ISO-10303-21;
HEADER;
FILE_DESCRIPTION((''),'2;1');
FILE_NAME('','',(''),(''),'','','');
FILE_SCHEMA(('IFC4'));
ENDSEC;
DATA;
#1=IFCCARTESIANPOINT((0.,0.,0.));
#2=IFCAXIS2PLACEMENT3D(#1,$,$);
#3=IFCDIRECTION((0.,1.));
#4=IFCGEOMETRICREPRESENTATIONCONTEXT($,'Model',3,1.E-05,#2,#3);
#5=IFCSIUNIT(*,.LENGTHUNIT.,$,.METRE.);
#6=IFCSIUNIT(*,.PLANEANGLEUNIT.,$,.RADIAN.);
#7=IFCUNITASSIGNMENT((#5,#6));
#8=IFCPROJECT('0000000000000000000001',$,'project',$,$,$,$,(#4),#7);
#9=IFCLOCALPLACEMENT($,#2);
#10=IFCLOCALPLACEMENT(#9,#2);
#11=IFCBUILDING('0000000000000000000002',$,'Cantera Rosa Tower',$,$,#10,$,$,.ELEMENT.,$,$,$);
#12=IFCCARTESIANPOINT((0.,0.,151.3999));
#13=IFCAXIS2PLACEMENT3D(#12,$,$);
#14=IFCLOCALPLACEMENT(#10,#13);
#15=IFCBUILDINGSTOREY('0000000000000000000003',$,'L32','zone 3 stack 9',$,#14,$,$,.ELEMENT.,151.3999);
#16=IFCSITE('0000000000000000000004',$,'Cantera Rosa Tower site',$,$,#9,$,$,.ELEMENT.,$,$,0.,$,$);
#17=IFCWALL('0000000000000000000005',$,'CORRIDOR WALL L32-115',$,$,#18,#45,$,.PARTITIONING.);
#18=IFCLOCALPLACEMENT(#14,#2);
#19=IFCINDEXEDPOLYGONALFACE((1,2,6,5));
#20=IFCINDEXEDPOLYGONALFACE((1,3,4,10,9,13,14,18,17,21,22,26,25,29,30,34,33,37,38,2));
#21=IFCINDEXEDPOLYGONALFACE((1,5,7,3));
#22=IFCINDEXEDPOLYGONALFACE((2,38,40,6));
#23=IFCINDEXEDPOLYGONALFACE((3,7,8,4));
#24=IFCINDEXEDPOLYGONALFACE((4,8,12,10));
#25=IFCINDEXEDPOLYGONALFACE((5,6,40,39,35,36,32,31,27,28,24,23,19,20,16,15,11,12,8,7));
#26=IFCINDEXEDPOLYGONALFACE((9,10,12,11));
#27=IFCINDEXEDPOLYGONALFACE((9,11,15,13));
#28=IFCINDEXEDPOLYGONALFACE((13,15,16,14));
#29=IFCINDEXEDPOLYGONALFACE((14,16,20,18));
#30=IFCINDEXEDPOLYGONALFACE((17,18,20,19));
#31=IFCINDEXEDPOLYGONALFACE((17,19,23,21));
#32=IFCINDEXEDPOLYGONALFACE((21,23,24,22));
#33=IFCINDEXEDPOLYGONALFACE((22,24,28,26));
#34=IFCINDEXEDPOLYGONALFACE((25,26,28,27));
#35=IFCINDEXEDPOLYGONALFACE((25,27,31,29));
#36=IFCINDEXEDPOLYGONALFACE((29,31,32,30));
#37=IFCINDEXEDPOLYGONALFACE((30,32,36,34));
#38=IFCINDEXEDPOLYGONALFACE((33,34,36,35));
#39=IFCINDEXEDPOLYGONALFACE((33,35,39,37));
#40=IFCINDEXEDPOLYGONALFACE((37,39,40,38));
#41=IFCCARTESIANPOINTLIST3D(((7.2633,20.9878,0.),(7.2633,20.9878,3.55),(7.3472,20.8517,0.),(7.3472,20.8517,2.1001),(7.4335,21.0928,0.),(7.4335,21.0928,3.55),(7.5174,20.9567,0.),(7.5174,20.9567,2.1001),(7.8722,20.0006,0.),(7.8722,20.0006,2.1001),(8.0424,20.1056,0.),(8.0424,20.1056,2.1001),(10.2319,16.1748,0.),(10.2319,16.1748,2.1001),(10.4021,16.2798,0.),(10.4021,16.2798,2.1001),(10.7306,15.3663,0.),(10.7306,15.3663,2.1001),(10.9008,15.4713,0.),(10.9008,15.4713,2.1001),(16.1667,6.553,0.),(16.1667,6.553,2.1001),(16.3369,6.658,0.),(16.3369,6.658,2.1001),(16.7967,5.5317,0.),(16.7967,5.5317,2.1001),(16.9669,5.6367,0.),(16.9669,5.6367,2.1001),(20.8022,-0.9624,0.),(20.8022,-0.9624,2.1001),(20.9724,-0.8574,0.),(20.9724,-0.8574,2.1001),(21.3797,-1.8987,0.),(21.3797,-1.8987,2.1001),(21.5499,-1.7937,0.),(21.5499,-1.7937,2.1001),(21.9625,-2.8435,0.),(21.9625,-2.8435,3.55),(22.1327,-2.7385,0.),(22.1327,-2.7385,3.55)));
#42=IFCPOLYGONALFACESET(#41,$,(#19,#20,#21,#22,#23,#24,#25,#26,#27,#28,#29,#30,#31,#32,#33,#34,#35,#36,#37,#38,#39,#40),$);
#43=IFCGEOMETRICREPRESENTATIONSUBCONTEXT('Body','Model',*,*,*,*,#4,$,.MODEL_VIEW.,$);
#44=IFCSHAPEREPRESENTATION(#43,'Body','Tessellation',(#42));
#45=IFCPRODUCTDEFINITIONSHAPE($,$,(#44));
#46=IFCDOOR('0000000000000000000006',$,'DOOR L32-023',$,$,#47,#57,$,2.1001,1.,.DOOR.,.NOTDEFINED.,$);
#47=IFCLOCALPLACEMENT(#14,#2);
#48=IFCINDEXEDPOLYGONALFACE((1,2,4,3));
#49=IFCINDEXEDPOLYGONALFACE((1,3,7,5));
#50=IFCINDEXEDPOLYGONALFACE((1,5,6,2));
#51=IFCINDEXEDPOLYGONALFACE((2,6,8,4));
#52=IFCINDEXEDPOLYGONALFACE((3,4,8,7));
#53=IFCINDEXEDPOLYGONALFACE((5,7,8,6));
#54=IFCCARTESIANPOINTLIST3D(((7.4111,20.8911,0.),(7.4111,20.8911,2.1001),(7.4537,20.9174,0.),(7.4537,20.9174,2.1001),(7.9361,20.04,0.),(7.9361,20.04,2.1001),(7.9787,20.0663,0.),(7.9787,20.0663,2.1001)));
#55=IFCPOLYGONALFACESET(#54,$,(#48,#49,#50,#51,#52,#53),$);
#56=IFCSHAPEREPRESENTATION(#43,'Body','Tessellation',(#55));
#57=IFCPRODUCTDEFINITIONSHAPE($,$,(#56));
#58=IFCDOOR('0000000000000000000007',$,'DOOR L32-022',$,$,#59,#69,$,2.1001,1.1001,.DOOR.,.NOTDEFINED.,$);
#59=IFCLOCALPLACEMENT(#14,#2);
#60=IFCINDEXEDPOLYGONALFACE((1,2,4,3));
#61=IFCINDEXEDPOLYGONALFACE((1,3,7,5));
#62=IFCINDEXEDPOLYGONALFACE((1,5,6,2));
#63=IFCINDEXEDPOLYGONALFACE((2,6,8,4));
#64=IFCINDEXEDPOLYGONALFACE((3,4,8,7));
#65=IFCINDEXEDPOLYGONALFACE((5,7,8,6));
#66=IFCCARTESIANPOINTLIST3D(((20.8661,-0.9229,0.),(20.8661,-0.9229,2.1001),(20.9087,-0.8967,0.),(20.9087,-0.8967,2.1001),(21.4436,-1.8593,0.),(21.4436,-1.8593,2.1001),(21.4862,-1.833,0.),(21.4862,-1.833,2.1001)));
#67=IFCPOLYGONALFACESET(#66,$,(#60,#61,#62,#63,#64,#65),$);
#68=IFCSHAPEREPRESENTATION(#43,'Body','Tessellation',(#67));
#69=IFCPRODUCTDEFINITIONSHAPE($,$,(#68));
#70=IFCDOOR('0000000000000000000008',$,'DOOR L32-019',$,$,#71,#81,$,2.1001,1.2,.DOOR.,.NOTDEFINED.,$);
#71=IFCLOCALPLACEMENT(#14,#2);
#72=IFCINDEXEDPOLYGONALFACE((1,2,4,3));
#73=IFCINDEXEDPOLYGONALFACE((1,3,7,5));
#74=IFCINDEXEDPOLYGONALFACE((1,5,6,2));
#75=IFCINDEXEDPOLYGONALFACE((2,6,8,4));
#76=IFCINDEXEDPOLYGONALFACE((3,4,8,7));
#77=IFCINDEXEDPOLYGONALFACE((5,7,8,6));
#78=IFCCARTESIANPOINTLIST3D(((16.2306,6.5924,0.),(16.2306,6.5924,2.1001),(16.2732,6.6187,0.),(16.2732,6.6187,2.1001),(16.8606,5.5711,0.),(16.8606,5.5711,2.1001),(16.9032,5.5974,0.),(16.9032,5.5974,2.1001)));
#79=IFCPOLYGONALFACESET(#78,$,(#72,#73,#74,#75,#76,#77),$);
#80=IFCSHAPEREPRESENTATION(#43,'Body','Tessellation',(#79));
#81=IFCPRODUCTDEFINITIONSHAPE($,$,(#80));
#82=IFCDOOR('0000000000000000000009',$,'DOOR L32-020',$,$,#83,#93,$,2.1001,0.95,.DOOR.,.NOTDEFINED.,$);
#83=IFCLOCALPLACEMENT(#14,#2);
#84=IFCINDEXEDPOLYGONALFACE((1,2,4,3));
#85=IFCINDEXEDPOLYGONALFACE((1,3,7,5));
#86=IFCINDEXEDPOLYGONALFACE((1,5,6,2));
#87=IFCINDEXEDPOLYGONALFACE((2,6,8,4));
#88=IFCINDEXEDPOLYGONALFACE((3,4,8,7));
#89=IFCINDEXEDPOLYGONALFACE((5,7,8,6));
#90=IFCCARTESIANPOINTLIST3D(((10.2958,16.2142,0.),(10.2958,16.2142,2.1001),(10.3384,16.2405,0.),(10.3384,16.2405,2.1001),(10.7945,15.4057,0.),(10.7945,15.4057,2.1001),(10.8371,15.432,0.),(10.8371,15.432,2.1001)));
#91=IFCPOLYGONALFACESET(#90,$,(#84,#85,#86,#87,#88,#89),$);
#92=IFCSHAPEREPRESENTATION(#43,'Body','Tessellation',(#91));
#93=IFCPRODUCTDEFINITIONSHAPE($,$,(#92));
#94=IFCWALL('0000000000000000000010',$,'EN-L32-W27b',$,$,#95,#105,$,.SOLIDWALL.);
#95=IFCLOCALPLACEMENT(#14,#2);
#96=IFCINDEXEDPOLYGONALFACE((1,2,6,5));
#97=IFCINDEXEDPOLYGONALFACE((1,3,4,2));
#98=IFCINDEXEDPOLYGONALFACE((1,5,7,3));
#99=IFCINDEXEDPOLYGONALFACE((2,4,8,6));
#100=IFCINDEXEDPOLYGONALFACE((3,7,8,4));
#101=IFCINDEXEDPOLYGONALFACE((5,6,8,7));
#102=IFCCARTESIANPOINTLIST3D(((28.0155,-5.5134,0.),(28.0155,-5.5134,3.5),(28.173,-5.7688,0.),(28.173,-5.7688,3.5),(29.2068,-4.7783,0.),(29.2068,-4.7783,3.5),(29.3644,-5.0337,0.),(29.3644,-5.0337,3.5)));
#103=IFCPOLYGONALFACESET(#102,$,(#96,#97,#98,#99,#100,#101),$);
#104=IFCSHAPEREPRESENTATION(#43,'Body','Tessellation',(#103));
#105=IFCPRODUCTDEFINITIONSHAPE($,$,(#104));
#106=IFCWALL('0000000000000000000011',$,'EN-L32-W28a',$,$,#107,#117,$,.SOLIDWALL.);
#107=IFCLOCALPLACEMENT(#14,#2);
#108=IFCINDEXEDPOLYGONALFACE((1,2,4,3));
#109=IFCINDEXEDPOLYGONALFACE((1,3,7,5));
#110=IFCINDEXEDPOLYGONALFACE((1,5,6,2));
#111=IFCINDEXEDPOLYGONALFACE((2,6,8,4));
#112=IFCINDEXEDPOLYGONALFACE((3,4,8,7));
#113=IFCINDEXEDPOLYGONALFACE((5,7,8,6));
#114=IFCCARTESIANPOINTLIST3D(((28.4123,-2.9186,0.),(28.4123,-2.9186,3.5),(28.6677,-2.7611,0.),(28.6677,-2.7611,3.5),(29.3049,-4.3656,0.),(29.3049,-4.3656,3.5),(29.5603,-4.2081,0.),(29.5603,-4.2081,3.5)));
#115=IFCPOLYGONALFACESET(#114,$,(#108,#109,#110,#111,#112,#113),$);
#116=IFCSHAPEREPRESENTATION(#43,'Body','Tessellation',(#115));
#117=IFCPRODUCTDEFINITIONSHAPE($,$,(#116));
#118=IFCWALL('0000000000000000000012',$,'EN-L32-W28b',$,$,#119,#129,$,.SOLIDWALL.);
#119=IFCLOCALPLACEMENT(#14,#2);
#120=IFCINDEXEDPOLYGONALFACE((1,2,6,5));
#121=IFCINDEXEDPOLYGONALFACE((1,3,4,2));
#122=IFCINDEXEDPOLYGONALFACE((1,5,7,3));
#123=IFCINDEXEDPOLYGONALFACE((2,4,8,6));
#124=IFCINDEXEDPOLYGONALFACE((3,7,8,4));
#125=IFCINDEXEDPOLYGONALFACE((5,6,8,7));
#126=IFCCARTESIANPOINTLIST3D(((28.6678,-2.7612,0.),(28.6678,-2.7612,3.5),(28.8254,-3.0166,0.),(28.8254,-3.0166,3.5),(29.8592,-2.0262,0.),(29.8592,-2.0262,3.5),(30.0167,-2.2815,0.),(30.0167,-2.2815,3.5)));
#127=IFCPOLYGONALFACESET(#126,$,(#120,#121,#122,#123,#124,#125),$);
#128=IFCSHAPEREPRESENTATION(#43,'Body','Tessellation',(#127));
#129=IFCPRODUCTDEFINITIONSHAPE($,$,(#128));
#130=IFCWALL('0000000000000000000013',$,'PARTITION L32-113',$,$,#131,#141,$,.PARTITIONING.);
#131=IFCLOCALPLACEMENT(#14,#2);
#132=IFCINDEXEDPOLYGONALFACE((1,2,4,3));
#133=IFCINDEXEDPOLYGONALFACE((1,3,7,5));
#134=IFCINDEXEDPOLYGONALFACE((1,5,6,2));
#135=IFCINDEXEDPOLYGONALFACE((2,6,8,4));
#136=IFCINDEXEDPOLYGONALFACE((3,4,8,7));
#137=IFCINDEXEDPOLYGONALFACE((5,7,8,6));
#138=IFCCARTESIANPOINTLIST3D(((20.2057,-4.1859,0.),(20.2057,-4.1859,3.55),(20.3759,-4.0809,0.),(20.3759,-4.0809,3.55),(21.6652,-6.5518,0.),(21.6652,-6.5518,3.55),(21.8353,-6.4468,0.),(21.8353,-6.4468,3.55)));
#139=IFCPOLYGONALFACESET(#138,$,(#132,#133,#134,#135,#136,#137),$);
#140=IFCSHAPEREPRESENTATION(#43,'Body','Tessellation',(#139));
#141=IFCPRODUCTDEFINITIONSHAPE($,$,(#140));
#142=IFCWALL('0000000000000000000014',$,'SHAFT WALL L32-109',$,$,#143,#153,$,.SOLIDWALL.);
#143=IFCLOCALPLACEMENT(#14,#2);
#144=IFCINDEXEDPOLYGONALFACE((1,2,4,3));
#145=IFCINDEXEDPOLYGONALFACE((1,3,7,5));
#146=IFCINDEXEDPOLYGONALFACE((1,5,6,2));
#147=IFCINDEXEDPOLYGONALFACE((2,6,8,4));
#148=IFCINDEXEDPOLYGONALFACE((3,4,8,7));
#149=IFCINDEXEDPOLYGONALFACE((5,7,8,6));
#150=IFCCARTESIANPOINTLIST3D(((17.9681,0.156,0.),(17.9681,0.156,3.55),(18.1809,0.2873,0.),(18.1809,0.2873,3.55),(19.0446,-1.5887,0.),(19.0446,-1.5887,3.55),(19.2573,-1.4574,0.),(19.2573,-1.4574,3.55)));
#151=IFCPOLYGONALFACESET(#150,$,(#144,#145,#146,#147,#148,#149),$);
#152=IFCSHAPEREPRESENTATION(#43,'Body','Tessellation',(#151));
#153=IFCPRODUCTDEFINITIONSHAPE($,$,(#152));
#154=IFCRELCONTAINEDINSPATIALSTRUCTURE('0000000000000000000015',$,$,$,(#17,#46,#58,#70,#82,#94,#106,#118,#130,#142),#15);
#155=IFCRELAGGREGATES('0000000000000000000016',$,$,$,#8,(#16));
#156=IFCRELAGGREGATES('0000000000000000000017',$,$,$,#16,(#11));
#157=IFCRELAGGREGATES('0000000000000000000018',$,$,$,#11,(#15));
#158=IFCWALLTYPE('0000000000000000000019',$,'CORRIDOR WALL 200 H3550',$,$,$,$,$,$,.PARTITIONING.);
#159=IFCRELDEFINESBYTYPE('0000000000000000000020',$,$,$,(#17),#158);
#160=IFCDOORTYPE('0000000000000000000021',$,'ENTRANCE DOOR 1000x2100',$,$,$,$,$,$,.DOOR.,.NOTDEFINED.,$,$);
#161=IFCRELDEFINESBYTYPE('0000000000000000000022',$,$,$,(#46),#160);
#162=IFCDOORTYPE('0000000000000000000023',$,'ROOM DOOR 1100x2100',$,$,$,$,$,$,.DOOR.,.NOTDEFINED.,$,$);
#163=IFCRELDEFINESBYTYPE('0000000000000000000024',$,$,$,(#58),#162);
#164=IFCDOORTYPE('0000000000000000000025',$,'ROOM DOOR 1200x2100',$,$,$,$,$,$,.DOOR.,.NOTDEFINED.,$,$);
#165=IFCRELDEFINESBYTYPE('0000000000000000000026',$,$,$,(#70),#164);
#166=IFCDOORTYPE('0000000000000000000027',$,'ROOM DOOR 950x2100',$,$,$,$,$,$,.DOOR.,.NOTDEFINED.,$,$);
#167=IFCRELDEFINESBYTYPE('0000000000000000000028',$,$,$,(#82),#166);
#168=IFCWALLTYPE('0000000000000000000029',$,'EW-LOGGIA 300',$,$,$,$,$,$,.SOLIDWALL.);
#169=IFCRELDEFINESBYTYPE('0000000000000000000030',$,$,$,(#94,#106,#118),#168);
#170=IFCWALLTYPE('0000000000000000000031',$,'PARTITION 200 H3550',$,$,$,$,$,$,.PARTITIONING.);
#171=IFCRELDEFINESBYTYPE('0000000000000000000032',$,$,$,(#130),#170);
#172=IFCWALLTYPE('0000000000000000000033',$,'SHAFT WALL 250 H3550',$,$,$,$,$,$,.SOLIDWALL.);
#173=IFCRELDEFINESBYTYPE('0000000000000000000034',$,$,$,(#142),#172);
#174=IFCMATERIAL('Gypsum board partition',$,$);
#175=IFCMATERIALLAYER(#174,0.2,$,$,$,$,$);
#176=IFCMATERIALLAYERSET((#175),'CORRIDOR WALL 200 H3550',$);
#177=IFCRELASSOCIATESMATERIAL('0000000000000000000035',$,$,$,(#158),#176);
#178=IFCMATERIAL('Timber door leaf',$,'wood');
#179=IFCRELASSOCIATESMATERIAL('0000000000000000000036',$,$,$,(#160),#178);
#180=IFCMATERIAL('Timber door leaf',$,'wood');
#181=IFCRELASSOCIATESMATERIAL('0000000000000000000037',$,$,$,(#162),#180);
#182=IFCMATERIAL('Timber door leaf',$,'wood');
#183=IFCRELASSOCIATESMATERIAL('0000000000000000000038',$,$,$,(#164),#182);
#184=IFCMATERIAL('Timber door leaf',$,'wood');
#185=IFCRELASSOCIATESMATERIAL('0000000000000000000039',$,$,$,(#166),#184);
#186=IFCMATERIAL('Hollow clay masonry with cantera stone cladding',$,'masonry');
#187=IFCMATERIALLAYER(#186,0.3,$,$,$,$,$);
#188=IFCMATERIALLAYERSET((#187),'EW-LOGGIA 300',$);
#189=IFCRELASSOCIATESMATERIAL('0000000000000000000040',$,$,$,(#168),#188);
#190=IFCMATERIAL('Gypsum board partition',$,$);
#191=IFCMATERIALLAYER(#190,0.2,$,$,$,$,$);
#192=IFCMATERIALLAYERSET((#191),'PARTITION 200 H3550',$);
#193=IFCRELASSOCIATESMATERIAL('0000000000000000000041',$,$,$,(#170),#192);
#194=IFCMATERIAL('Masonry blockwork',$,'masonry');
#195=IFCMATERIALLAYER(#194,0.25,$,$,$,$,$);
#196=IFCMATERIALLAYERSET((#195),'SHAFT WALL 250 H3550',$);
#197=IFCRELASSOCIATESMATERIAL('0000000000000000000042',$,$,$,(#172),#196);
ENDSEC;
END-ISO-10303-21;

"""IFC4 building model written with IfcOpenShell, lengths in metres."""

from ifc_helpers import new_model, si_unit, direction, frame, frame_2d, origin, place, context, subcontext, project, spatial, rectangle, extrude, material, layer, layer_set, type_object, element, fill, save


model = new_model("IFC4")

# Units and contexts
model_context = context("Model", 3, precision=1e-05, world=origin(), true_north=direction((0.0, 1.0)))
body_context = subcontext(model_context, "Body", "Model", "MODEL_VIEW")
ifc_project = project(units=[si_unit("LENGTHUNIT", "METRE"), si_unit("PLANEANGLEUNIT", "RADIAN")], contexts=[model_context])

# Site, building, storey
site_placement = place(None, origin())
site = spatial("IfcSite", under=ifc_project, at=site_placement, Name="Cantera Rosa Tower site", CompositionType="ELEMENT", RefElevation=0.0)
building_placement = place(site_placement, origin())
building = spatial("IfcBuilding", under=site, at=building_placement, Name="Cantera Rosa Tower", CompositionType="ELEMENT")
storey_placement = place(building_placement, frame((0.0, 0.0, 151.3999)))
storey = spatial("IfcBuildingStorey", under=building, at=storey_placement, Name="L32", Description="zone 3 stack 9", CompositionType="ELEMENT", Elevation=151.3999)

# Shared definitions
ifc_material_1 = material(Name="Gypsum board partition")
ifc_layer_1 = layer(ifc_material_1, 0.2)
ifc_layer_set_1 = layer_set([ifc_layer_1], Name="CORRIDOR WALL 200 H3550")
wall_type_1 = type_object("IfcWallType", Name="CORRIDOR WALL 200 H3550", PredefinedType="PARTITIONING", material=ifc_layer_set_1)

# Wall, openings, doors
wall_1_placement = place(storey_placement, frame((22.0476, -2.791, 0.0), z_axis=(0.0, 0.0, 1.0), x_axis=(-0.524973, 0.851119, 0.0)))
wall_1 = element("IfcWall", 1, at=wall_1_placement, inside=storey, type_object=wall_type_1, Name="CORRIDOR WALL L32-115", PredefinedType="PARTITIONING", context=body_context, shape_type="SweptSolid", body=[
    extrude(rectangle(XDim=28.0, YDim=0.2, at=frame_2d((14.0, 0.0))), origin(), (0.0, 0.0, 1.0), 3.55),
])
opening_1_placement = place(wall_1_placement, frame((9.8401, 0.0, 0.0)))
opening_1 = element("IfcOpeningElement", 2, at=opening_1_placement, cuts=wall_1, PredefinedType="OPENING", context=body_context, shape_type="SweptSolid", body=[
    extrude(rectangle(XDim=1.2, YDim=2.1001, at=frame_2d((0.6001, 1.05))), frame((0.0, 0.1099, 0.0), z_axis=(0.0, -1.0, 0.0), x_axis=(1.0, 0.0, 0.0)), (0.0, 0.0, 1.0), 0.22),
])
opening_2_placement = place(wall_1_placement, frame((21.395, 0.0, 0.0)))
opening_2 = element("IfcOpeningElement", 3, at=opening_2_placement, cuts=wall_1, PredefinedType="OPENING", context=body_context, shape_type="SweptSolid", body=[
    extrude(rectangle(XDim=0.95, YDim=2.1001, at=frame_2d((0.4751, 1.05))), frame((0.0, 0.1099, 0.0), z_axis=(0.0, -1.0, 0.0), x_axis=(1.0, 0.0, 0.0)), (0.0, 0.0, 1.0), 0.22),
])
opening_3_placement = place(wall_1_placement, frame((1.1101, 0.0, 0.0)))
opening_3 = element("IfcOpeningElement", 4, at=opening_3_placement, cuts=wall_1, PredefinedType="OPENING", context=body_context, shape_type="SweptSolid", body=[
    extrude(rectangle(XDim=1.1001, YDim=2.1001, at=frame_2d((0.55, 1.05))), frame((0.0, 0.1099, 0.0), z_axis=(0.0, -1.0, 0.0), x_axis=(1.0, 0.0, 0.0)), (0.0, 0.0, 1.0), 0.22),
])
opening_4_placement = place(wall_1_placement, frame((26.8401, 0.0, 0.0)))
opening_4 = element("IfcOpeningElement", 5, at=opening_4_placement, cuts=wall_1, PredefinedType="OPENING", context=body_context, shape_type="SweptSolid", body=[
    extrude(rectangle(XDim=1.0, YDim=2.1001, at=frame_2d((0.5, 1.05))), frame((0.0, 0.1099, 0.0), z_axis=(0.0, -1.0, 0.0), x_axis=(1.0, 0.0, 0.0)), (0.0, 0.0, 1.0), 0.22),
])
ifc_material_2 = material(Name="Timber door leaf", Category="wood")
door_type_1 = type_object("IfcDoorType", Name="ENTRANCE DOOR 1000x2100", OperationType="NOTDEFINED", PredefinedType="DOOR", material=ifc_material_2)
door_1_placement = place(opening_4_placement, origin())
door_1 = element("IfcDoor", 6, at=door_1_placement, inside=storey, type_object=door_type_1, Name="DOOR L32-023", OperationType="NOTDEFINED", OverallHeight=2.1001, OverallWidth=1.0, PredefinedType="DOOR", context=body_context, shape_type="SweptSolid", body=[
    extrude(rectangle(XDim=1.0, YDim=2.1001, at=frame_2d((0.5, 1.05))), frame((0.0, 0.0249, 0.0), z_axis=(0.0, -1.0, 0.0), x_axis=(1.0, 0.0, 0.0)), (0.0, 0.0, 1.0), 0.05),
])
fill(opening_4, door_1)
ifc_material_3 = material(Name="Timber door leaf", Category="wood")
door_type_2 = type_object("IfcDoorType", Name="ROOM DOOR 1100x2100", OperationType="NOTDEFINED", PredefinedType="DOOR", material=ifc_material_3)
door_2_placement = place(opening_3_placement, origin())
door_2 = element("IfcDoor", 7, at=door_2_placement, inside=storey, type_object=door_type_2, Name="DOOR L32-022", OperationType="NOTDEFINED", OverallHeight=2.1001, OverallWidth=1.1001, PredefinedType="DOOR", context=body_context, shape_type="SweptSolid", body=[
    extrude(rectangle(XDim=1.1001, YDim=2.1001, at=frame_2d((0.55, 1.05))), frame((0.0, 0.0249, 0.0), z_axis=(0.0, -1.0, 0.0), x_axis=(1.0, 0.0, 0.0)), (0.0, 0.0, 1.0), 0.05),
])
fill(opening_3, door_2)
ifc_material_4 = material(Name="Timber door leaf", Category="wood")
door_type_3 = type_object("IfcDoorType", Name="ROOM DOOR 1200x2100", OperationType="NOTDEFINED", PredefinedType="DOOR", material=ifc_material_4)
door_3_placement = place(opening_1_placement, origin())
door_3 = element("IfcDoor", 8, at=door_3_placement, inside=storey, type_object=door_type_3, Name="DOOR L32-019", OperationType="NOTDEFINED", OverallHeight=2.1001, OverallWidth=1.2, PredefinedType="DOOR", context=body_context, shape_type="SweptSolid", body=[
    extrude(rectangle(XDim=1.2, YDim=2.1001, at=frame_2d((0.6001, 1.05))), frame((0.0, 0.0249, 0.0), z_axis=(0.0, -1.0, 0.0), x_axis=(1.0, 0.0, 0.0)), (0.0, 0.0, 1.0), 0.05),
])
fill(opening_1, door_3)
ifc_material_5 = material(Name="Timber door leaf", Category="wood")
door_type_4 = type_object("IfcDoorType", Name="ROOM DOOR 950x2100", OperationType="NOTDEFINED", PredefinedType="DOOR", material=ifc_material_5)
door_4_placement = place(opening_2_placement, origin())
door_4 = element("IfcDoor", 9, at=door_4_placement, inside=storey, type_object=door_type_4, Name="DOOR L32-020", OperationType="NOTDEFINED", OverallHeight=2.1001, OverallWidth=0.95, PredefinedType="DOOR", context=body_context, shape_type="SweptSolid", body=[
    extrude(rectangle(XDim=0.95, YDim=2.1001, at=frame_2d((0.4751, 1.05))), frame((0.0, 0.0249, 0.0), z_axis=(0.0, -1.0, 0.0), x_axis=(1.0, 0.0, 0.0)), (0.0, 0.0, 1.0), 0.05),
])
fill(opening_2, door_4)

# Walls
ifc_material_6 = material(Name="Hollow clay masonry with cantera stone cladding", Category="masonry")
ifc_layer_2 = layer(ifc_material_6, 0.3)
ifc_layer_set_2 = layer_set([ifc_layer_2], Name="EW-LOGGIA 300")
wall_type_2 = type_object("IfcWallType", Name="EW-LOGGIA 300", PredefinedType="SOLIDWALL", material=ifc_layer_set_2)
wall_2_placement = place(storey_placement, frame((28.0942, -5.6411, 0.0), z_axis=(0.0, 0.0, 1.0), x_axis=(0.851041, 0.525099, 0.0)))
element("IfcWall", 10, at=wall_2_placement, inside=storey, type_object=wall_type_2, Name="EN-L32-W27b", PredefinedType="SOLIDWALL", context=body_context, shape_type="SweptSolid", body=[
    extrude(rectangle(XDim=1.3999, YDim=0.3, at=frame_2d((0.7, 0.0))), origin(), (0.0, 0.0, 1.0), 3.5),
])
wall_3_placement = place(storey_placement, frame((29.4326, -4.2869, 0.0), z_axis=(0.0, 0.0, 1.0), x_axis=(-0.524994, 0.851106, 0.0)))
element("IfcWall", 11, at=wall_3_placement, inside=storey, type_object=wall_type_2, Name="EN-L32-W28a", PredefinedType="SOLIDWALL", context=body_context, shape_type="SweptSolid", body=[
    extrude(rectangle(XDim=1.7002, YDim=0.3, at=frame_2d((0.8501, 0.0))), origin(), (0.0, 0.0, 1.0), 3.5),
])
wall_4_placement = place(storey_placement, frame((28.7466, -2.8889, 0.0), z_axis=(0.0, 0.0, 1.0), x_axis=(0.851041, 0.525099, 0.0)))
element("IfcWall", 12, at=wall_4_placement, inside=storey, type_object=wall_type_2, Name="EN-L32-W28b", PredefinedType="SOLIDWALL", context=body_context, shape_type="SweptSolid", body=[
    extrude(rectangle(XDim=1.3999, YDim=0.3, at=frame_2d((0.7, 0.0))), origin(), (0.0, 0.0, 1.0), 3.5),
])

# Walls
ifc_material_7 = material(Name="Gypsum board partition")
ifc_layer_3 = layer(ifc_material_7, 0.2)
ifc_layer_set_3 = layer_set([ifc_layer_3], Name="PARTITION 200 H3550")
wall_type_3 = type_object("IfcWallType", Name="PARTITION 200 H3550", PredefinedType="PARTITIONING", material=ifc_layer_set_3)
wall_5_placement = place(storey_placement, frame((21.7502, -6.4993, 0.0), z_axis=(0.0, 0.0, 1.0), x_axis=(-0.525009, 0.851097, 0.0)))
element("IfcWall", 13, at=wall_5_placement, inside=storey, type_object=wall_type_3, Name="PARTITION L32-113", PredefinedType="PARTITIONING", context=body_context, shape_type="SweptSolid", body=[
    extrude(rectangle(XDim=2.7798, YDim=0.2, at=frame_2d((1.3899, 0.0))), origin(), (0.0, 0.0, 1.0), 3.55),
])
ifc_material_8 = material(Name="Masonry blockwork", Category="masonry")
ifc_layer_4 = layer(ifc_material_8, 0.25)
ifc_layer_set_4 = layer_set([ifc_layer_4], Name="SHAFT WALL 250 H3550")
wall_type_4 = type_object("IfcWallType", Name="SHAFT WALL 250 H3550", PredefinedType="SOLIDWALL", material=ifc_layer_set_4)
wall_6_placement = place(storey_placement, frame((19.1509, -1.5229, 0.0), z_axis=(0.0, 0.0, 1.0), x_axis=(-0.525087, 0.851048, 0.0)))
element("IfcWall", 14, at=wall_6_placement, inside=storey, type_object=wall_type_4, Name="SHAFT WALL L32-109", PredefinedType="SOLIDWALL", context=body_context, shape_type="SweptSolid", body=[
    extrude(rectangle(XDim=2.05, YDim=0.25, at=frame_2d((1.0249, 0.0))), origin(), (0.0, 0.0, 1.0), 3.55),
])

save(model, "model.ifc")
